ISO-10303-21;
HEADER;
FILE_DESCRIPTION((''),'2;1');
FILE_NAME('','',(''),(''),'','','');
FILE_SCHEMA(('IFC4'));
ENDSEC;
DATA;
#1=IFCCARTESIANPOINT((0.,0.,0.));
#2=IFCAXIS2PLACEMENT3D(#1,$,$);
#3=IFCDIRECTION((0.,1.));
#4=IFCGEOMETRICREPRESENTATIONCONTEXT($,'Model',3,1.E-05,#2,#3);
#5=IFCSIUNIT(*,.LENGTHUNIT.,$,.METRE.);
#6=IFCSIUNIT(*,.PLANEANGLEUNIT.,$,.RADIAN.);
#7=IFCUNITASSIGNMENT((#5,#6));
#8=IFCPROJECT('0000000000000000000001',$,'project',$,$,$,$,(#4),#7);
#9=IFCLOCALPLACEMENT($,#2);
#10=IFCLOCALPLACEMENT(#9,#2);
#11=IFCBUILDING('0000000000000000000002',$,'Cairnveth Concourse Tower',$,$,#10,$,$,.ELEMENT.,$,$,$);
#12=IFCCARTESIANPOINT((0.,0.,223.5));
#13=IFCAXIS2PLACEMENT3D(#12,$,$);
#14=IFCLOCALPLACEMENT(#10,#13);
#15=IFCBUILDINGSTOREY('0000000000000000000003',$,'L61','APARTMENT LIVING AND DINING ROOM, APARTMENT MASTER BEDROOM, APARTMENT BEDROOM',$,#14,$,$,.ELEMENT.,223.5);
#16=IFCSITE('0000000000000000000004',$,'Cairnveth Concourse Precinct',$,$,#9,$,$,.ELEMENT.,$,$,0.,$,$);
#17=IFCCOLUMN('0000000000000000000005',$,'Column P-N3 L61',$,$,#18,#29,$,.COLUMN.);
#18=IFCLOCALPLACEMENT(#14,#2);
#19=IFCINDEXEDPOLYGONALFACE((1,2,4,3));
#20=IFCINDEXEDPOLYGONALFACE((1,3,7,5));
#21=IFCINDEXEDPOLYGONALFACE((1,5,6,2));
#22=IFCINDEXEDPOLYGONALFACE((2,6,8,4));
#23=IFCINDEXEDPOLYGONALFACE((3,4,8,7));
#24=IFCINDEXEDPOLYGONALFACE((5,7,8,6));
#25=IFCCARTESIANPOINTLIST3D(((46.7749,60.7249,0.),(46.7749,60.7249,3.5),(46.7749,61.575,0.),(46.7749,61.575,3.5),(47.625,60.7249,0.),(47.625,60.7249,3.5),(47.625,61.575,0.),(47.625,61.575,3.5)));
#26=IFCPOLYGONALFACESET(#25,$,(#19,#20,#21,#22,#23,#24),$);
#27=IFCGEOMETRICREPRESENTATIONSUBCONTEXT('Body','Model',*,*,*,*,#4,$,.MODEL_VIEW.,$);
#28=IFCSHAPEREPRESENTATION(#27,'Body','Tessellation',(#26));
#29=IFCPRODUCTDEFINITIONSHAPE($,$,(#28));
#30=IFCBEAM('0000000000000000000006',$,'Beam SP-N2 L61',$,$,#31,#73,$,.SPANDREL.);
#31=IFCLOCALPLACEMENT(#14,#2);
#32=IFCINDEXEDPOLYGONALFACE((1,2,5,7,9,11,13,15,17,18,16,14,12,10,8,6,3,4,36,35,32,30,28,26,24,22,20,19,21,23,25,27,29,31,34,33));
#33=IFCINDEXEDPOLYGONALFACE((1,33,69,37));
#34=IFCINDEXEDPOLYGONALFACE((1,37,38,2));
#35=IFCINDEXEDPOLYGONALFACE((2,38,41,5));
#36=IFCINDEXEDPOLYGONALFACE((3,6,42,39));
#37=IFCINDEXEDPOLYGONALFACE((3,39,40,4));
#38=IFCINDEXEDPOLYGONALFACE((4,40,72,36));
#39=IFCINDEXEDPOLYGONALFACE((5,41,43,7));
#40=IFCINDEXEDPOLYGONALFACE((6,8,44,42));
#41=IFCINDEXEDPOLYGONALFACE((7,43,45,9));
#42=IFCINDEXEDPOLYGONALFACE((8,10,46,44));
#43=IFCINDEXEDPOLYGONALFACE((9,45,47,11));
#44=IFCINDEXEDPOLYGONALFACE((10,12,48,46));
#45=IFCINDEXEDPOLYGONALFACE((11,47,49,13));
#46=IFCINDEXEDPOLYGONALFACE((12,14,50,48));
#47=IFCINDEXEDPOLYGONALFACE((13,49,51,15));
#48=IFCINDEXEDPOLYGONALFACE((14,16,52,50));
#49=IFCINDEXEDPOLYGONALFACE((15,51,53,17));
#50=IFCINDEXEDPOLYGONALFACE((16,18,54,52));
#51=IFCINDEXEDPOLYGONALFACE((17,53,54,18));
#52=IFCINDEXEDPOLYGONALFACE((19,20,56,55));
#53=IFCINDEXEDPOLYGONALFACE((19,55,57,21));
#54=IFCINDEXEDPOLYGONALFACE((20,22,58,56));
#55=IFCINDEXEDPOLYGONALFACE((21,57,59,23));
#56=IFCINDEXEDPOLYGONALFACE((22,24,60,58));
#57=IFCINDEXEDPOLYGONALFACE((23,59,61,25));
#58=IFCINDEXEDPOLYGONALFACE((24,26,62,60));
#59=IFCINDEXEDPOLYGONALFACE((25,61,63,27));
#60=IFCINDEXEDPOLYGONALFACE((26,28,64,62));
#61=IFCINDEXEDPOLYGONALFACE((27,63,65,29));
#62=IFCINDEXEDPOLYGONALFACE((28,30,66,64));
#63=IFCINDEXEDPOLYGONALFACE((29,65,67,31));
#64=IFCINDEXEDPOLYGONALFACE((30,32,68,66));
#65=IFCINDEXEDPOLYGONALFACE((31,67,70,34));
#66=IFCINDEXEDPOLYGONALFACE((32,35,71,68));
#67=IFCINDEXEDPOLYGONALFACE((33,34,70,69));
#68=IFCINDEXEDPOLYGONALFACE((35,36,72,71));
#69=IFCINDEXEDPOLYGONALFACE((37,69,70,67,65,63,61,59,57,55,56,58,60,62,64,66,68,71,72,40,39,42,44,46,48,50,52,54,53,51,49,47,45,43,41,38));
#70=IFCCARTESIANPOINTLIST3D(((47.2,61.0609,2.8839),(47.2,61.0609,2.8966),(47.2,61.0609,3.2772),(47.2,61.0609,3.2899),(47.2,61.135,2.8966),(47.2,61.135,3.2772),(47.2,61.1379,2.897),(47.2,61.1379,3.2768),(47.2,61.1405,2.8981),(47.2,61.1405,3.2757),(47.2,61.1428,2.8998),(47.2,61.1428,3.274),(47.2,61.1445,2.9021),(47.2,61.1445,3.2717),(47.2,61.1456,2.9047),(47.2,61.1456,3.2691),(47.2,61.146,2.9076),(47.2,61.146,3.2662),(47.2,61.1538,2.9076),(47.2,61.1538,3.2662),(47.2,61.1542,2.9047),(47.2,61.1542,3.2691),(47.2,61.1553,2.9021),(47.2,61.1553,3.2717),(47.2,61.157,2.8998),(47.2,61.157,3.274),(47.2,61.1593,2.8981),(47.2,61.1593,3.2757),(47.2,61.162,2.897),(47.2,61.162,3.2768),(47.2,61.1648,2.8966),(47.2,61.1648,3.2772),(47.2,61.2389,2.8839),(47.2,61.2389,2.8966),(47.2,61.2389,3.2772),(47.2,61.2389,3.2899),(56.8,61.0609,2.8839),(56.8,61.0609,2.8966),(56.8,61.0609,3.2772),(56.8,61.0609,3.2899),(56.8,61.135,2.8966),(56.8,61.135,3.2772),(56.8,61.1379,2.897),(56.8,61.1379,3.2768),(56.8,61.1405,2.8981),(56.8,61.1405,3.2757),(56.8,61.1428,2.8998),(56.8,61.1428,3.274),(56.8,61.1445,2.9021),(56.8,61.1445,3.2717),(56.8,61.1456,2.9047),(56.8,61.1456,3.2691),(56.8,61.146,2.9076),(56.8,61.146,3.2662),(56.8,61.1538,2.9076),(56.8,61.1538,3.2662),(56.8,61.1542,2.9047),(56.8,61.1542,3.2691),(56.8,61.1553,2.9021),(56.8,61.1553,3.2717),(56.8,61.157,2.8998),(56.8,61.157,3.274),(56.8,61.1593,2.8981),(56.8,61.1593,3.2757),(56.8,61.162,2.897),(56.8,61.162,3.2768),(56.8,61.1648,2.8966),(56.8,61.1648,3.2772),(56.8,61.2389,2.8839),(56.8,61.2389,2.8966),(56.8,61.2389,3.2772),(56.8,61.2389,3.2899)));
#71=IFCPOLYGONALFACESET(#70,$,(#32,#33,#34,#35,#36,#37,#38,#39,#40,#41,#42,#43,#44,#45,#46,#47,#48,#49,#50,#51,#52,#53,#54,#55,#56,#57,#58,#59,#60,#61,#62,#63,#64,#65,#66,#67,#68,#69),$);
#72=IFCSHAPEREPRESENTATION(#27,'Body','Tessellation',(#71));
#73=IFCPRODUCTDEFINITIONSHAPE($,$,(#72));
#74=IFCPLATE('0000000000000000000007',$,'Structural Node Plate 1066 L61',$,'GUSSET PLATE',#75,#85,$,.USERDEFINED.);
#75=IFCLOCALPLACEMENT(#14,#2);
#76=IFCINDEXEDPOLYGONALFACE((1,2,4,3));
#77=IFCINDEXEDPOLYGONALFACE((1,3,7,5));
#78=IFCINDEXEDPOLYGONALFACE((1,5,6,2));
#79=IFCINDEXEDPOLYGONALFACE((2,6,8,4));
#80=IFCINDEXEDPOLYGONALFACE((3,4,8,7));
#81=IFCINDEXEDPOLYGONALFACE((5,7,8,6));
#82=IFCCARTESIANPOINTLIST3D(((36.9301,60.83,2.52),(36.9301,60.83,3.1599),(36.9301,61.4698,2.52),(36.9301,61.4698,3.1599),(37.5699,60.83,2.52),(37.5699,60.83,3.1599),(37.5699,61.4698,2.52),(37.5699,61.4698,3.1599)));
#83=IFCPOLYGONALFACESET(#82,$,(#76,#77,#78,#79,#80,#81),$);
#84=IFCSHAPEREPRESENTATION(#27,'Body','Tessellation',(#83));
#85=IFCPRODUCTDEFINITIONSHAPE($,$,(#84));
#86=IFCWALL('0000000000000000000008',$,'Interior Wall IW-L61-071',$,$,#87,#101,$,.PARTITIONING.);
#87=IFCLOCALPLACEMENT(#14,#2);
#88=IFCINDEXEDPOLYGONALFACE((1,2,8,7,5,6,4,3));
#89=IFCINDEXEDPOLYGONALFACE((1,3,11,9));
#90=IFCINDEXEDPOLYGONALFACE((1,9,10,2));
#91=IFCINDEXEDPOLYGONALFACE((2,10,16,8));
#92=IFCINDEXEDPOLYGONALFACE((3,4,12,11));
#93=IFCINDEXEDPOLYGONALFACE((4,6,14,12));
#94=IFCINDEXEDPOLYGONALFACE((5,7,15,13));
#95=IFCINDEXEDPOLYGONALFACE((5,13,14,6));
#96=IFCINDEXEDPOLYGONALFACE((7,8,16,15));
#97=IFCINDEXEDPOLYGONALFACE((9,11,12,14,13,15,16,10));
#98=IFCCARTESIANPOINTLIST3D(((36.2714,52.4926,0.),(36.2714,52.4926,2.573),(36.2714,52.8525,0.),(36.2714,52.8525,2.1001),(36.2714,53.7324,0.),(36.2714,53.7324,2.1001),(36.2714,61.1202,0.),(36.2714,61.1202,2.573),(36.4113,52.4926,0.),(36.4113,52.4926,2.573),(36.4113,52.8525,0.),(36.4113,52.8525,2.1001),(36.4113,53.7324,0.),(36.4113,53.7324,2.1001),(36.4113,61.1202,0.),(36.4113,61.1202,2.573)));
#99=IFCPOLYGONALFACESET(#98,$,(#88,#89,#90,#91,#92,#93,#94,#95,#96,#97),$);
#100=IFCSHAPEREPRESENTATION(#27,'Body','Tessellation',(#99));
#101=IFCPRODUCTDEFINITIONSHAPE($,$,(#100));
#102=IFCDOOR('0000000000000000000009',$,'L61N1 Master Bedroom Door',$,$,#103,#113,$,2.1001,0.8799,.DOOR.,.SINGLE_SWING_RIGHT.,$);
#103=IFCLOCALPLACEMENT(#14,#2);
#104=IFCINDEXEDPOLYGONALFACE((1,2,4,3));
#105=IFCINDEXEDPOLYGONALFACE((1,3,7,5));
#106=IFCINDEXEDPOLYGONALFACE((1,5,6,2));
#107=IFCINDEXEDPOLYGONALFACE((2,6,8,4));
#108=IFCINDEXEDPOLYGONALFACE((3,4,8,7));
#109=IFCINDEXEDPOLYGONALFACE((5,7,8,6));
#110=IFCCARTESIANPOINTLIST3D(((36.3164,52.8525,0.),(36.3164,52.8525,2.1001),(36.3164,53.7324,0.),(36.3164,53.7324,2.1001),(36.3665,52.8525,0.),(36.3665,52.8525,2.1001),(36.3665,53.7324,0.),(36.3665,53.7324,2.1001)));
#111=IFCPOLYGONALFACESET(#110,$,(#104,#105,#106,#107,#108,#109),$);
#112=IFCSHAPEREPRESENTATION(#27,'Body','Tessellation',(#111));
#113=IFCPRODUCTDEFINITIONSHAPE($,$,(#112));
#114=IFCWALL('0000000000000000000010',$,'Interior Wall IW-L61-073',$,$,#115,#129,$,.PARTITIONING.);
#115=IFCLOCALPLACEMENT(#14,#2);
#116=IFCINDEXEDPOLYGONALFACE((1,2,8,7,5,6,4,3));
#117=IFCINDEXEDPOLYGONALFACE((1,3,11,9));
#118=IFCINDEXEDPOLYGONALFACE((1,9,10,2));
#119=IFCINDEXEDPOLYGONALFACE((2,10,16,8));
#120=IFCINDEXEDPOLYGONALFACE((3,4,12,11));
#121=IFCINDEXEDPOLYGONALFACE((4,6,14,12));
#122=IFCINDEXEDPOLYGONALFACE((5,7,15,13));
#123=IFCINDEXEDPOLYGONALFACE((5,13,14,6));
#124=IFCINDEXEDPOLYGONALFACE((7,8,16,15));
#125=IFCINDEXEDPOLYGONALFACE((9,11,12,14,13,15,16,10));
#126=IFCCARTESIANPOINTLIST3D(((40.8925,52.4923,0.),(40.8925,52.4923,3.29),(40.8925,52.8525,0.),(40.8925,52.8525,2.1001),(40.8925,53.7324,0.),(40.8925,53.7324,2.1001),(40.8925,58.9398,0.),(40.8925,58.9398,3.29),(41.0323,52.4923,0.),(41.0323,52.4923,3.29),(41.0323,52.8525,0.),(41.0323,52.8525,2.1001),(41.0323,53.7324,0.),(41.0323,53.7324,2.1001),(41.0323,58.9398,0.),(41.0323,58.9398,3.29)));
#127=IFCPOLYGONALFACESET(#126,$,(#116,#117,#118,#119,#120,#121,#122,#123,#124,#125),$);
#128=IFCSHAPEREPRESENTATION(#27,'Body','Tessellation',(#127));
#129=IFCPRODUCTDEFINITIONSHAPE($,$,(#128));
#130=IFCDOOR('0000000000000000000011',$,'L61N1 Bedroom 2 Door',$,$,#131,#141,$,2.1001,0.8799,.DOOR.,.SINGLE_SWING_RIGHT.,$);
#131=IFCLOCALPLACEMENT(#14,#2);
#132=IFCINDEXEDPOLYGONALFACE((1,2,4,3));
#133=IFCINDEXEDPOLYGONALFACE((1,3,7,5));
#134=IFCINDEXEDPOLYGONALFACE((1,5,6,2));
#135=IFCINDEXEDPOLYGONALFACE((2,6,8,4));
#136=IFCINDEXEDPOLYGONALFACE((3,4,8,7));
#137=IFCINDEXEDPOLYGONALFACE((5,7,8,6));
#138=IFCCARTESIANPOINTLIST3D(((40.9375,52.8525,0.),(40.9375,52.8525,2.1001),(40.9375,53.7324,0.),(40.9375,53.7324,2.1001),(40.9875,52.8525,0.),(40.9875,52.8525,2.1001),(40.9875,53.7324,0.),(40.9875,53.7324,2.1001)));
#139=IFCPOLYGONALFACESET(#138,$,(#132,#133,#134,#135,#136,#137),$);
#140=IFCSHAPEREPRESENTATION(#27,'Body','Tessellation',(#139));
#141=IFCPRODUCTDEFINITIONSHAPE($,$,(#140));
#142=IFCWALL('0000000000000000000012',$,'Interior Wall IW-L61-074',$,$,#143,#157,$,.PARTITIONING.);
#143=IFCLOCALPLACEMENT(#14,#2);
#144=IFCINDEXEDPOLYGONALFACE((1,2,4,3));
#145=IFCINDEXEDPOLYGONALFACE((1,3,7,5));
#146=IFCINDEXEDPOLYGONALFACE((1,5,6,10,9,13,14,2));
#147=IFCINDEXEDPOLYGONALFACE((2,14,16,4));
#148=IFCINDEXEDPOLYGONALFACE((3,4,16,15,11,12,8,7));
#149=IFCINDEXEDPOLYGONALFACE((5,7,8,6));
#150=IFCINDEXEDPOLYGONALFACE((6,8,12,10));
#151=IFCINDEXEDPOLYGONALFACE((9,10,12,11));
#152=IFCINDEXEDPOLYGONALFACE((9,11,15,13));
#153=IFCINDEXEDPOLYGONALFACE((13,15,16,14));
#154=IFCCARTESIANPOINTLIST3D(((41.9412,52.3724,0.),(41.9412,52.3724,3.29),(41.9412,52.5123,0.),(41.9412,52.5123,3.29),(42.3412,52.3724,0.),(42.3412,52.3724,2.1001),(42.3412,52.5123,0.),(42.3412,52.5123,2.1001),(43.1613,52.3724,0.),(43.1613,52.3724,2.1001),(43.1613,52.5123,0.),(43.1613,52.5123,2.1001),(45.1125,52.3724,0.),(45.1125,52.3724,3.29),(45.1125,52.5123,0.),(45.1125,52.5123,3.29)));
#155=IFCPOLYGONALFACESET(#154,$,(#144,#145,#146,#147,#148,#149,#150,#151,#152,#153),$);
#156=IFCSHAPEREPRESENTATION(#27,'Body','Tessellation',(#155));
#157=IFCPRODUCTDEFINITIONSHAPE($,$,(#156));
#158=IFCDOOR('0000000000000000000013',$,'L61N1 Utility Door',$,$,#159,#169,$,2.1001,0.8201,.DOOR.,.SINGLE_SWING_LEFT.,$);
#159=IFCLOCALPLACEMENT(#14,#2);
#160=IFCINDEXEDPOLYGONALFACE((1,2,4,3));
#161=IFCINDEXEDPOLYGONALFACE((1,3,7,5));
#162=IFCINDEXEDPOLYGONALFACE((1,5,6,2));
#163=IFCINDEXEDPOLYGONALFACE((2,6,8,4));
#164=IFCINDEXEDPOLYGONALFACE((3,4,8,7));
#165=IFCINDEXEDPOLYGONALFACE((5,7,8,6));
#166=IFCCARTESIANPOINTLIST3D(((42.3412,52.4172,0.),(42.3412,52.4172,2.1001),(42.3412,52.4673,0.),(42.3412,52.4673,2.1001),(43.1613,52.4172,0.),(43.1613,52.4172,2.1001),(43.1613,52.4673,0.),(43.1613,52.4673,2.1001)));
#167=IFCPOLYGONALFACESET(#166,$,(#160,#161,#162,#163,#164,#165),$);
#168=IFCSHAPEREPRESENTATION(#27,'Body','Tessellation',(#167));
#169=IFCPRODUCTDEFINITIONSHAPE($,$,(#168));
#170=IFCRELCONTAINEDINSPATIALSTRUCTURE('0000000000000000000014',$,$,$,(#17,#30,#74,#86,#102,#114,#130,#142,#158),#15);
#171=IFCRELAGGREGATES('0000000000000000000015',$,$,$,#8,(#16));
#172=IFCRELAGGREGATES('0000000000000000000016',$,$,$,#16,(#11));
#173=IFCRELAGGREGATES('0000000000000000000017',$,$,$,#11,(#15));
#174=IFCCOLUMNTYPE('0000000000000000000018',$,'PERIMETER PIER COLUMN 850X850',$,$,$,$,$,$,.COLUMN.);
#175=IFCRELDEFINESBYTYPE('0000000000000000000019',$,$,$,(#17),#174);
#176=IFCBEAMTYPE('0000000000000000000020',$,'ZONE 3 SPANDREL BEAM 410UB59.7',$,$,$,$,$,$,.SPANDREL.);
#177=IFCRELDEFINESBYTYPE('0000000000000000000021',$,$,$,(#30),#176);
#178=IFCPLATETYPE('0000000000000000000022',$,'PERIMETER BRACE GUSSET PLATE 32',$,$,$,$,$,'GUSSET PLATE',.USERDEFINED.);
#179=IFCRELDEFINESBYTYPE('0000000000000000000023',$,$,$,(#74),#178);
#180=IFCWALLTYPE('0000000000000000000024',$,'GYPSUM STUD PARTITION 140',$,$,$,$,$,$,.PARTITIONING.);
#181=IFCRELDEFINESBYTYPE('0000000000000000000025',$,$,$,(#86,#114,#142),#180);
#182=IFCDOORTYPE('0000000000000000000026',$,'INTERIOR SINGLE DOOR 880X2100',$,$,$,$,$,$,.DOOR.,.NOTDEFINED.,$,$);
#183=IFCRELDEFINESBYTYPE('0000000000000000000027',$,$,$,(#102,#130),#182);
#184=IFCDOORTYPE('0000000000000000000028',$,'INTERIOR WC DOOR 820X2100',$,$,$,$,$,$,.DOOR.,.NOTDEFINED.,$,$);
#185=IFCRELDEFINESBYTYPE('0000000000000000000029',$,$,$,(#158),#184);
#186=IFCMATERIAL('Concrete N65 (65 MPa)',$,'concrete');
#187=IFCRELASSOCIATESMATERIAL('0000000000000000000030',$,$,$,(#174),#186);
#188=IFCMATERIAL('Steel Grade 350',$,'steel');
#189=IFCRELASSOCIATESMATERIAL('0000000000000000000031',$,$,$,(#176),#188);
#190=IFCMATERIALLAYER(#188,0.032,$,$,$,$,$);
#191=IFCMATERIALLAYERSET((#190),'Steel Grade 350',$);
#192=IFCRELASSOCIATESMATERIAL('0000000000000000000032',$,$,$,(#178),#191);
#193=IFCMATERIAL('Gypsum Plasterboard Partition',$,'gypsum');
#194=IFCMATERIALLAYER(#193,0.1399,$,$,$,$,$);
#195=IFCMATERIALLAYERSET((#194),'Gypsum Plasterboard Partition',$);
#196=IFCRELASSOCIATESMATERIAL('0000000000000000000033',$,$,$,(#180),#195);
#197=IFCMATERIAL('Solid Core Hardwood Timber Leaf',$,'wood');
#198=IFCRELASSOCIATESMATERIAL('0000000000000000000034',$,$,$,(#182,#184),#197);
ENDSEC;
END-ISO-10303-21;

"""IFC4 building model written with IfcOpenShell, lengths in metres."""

from ifc_helpers import new_model, si_unit, direction, frame, frame_2d, origin, origin_2d, place, context, subcontext, project, spatial, rectangle, i_section, extrude, material, layer, layer_set, material_profile, profile_set, type_object, element, fill, save


model = new_model("IFC4")

# Units and contexts
model_context = context("Model", 3, precision=1e-05, world=origin(), true_north=direction((0.0, 1.0)))
body_context = subcontext(model_context, "Body", "Model", "MODEL_VIEW")
ifc_project = project(units=[si_unit("LENGTHUNIT", "METRE"), si_unit("PLANEANGLEUNIT", "RADIAN")], contexts=[model_context])

# Site, building, storey
site_placement = place(None, origin())
site = spatial("IfcSite", under=ifc_project, at=site_placement, Name="Cairnveth Concourse Precinct", CompositionType="ELEMENT", RefElevation=0.0)
building_placement = place(site_placement, origin())
building = spatial("IfcBuilding", under=site, at=building_placement, Name="Cairnveth Concourse Tower", CompositionType="ELEMENT")
storey_placement = place(building_placement, frame((0.0, 0.0, 223.5)))
storey = spatial("IfcBuildingStorey", under=building, at=storey_placement, Name="L61", Description="APARTMENT LIVING AND DINING ROOM, APARTMENT MASTER BEDROOM, APARTMENT BEDROOM", CompositionType="ELEMENT", Elevation=223.5)

# Column
ifc_material_1 = material(Name="Concrete N65 (65 MPa)", Category="concrete")
ifc_material_profile_1 = material_profile(ifc_material_1, rectangle(XDim=0.8501, YDim=0.8501, at=origin_2d()), Name="RC-COL-850x850")
ifc_profile_set_1 = profile_set([ifc_material_profile_1], Name="Concrete N65 (65 MPa)")
column_type = type_object("IfcColumnType", Name="PERIMETER PIER COLUMN 850X850", PredefinedType="COLUMN", material=ifc_profile_set_1)
column_placement = place(storey_placement, frame((47.2, 61.1499, 0.0), z_axis=(0.0, 0.0, 1.0), x_axis=(1.0, 0.0, 0.0)))
element("IfcColumn", 1, at=column_placement, inside=storey, type_object=column_type, Name="Column P-N3 L61", PredefinedType="COLUMN", context=body_context, shape_type="SweptSolid", body=[
    extrude(rectangle(XDim=0.8501, YDim=0.8501, at=origin_2d()), origin(), (0.0, 0.0, 1.0), 3.5),
])

# Beam
ifc_material_2 = material(Name="Steel Grade 350", Category="steel")
ifc_material_profile_2 = material_profile(ifc_material_2, i_section(OverallWidth=0.178, OverallDepth=0.406, WebThickness=0.0078, FlangeThickness=0.0127, FilletRadius=0.011, at=origin_2d()), Name="410UB59.7")
ifc_profile_set_2 = profile_set([ifc_material_profile_2], Name="Steel Grade 350")
beam_type = type_object("IfcBeamType", Name="ZONE 3 SPANDREL BEAM 410UB59.7", PredefinedType="SPANDREL", material=ifc_profile_set_2)
beam_placement = place(storey_placement, frame((47.2, 61.1499, 3.0869), z_axis=(1.0, 0.0, 0.0), x_axis=(0.0, 1.0, 0.0)))
element("IfcBeam", 2, at=beam_placement, inside=storey, type_object=beam_type, Name="Beam SP-N2 L61", PredefinedType="SPANDREL", context=body_context, shape_type="SweptSolid", body=[
    extrude(i_section(OverallWidth=0.178, OverallDepth=0.406, WebThickness=0.0078, FlangeThickness=0.0127, FilletRadius=0.011, at=origin_2d()), origin(), (0.0, 0.0, 1.0), 9.6001),
])

# Plate
ifc_layer_1 = layer(ifc_material_2, 0.032)
ifc_layer_set_1 = layer_set([ifc_layer_1], Name="Steel Grade 350")
plate_type = type_object("IfcPlateType", Name="PERIMETER BRACE GUSSET PLATE 32", ElementType="GUSSET PLATE", PredefinedType="USERDEFINED", material=ifc_layer_set_1)
plate_placement = place(storey_placement, frame((37.25, 61.1499, 2.52), z_axis=(0.0, 0.0, 1.0), x_axis=(1.0, 0.0, 0.0)))
element("IfcPlate", 3, at=plate_placement, inside=storey, type_object=plate_type, Name="Structural Node Plate 1066 L61", ObjectType="GUSSET PLATE", PredefinedType="USERDEFINED", context=body_context, shape_type="SweptSolid", body=[
    extrude(rectangle(XDim=0.6399, YDim=0.6399, at=origin_2d()), origin(), (0.0, 0.0, 1.0), 0.6399),
])

# Walls, openings, doors
ifc_material_3 = material(Name="Gypsum Plasterboard Partition", Category="gypsum")
ifc_layer_2 = layer(ifc_material_3, 0.1399)
ifc_layer_set_2 = layer_set([ifc_layer_2], Name="Gypsum Plasterboard Partition")
wall_type_1 = type_object("IfcWallType", Name="GYPSUM STUD PARTITION 140", PredefinedType="PARTITIONING", material=ifc_layer_set_2)
wall_1_placement = place(storey_placement, frame((36.3413, 52.4924, 0.0), z_axis=(0.0, 0.0, 1.0), x_axis=(0.0, 1.0, 0.0)))
wall_1 = element("IfcWall", 4, at=wall_1_placement, inside=storey, type_object=wall_type_1, Name="Interior Wall IW-L61-071", PredefinedType="PARTITIONING", context=body_context, shape_type="SweptSolid", body=[
    extrude(rectangle(XDim=8.6277, YDim=0.1399, at=frame_2d((4.314, 0.0))), origin(), (0.0, 0.0, 1.0), 2.573),
])
opening_1_placement = place(wall_1_placement, frame((0.3601, 0.0, 0.0)))
opening_1 = element("IfcOpeningElement", 5, at=opening_1_placement, cuts=wall_1, PredefinedType="OPENING", context=body_context, shape_type="SweptSolid", body=[
    extrude(rectangle(XDim=0.8799, YDim=2.1001, at=frame_2d((0.4399, 1.05))), frame((0.0, 0.0798, 0.0), z_axis=(0.0, -1.0, 0.0), x_axis=(1.0, 0.0, 0.0)), (0.0, 0.0, 1.0), 0.1599),
])
ifc_material_4 = material(Name="Solid Core Hardwood Timber Leaf", Category="wood")
door_type_1 = type_object("IfcDoorType", Name="INTERIOR SINGLE DOOR 880X2100", OperationType="NOTDEFINED", PredefinedType="DOOR", material=ifc_material_4)
door_1_placement = place(opening_1_placement, origin())
door_1 = element("IfcDoor", 6, at=door_1_placement, inside=storey, type_object=door_type_1, Name="L61N1 Master Bedroom Door", OperationType="SINGLE_SWING_RIGHT", OverallHeight=2.1001, OverallWidth=0.8799, PredefinedType="DOOR", context=body_context, shape_type="SweptSolid", body=[
    extrude(rectangle(XDim=0.8799, YDim=2.1001, at=frame_2d((0.4399, 1.05))), frame((0.0, 0.0249, 0.0), z_axis=(0.0, -1.0, 0.0), x_axis=(1.0, 0.0, 0.0)), (0.0, 0.0, 1.0), 0.05),
])
fill(opening_1, door_1)
wall_2_placement = place(storey_placement, frame((40.9624, 52.4924, 0.0), z_axis=(0.0, 0.0, 1.0), x_axis=(0.0, 1.0, 0.0)))
wall_2 = element("IfcWall", 7, at=wall_2_placement, inside=storey, type_object=wall_type_1, Name="Interior Wall IW-L61-073", PredefinedType="PARTITIONING", context=body_context, shape_type="SweptSolid", body=[
    extrude(rectangle(XDim=6.4475, YDim=0.1399, at=frame_2d((3.2236, 0.0))), origin(), (0.0, 0.0, 1.0), 3.29),
])
opening_2_placement = place(wall_2_placement, frame((0.3601, 0.0, 0.0)))
opening_2 = element("IfcOpeningElement", 8, at=opening_2_placement, cuts=wall_2, PredefinedType="OPENING", context=body_context, shape_type="SweptSolid", body=[
    extrude(rectangle(XDim=0.8799, YDim=2.1001, at=frame_2d((0.4399, 1.05))), frame((0.0, 0.0798, 0.0), z_axis=(0.0, -1.0, 0.0), x_axis=(1.0, 0.0, 0.0)), (0.0, 0.0, 1.0), 0.1599),
])
door_2_placement = place(opening_2_placement, origin())
door_2 = element("IfcDoor", 9, at=door_2_placement, inside=storey, type_object=door_type_1, Name="L61N1 Bedroom 2 Door", OperationType="SINGLE_SWING_RIGHT", OverallHeight=2.1001, OverallWidth=0.8799, PredefinedType="DOOR", context=body_context, shape_type="SweptSolid", body=[
    extrude(rectangle(XDim=0.8799, YDim=2.1001, at=frame_2d((0.4399, 1.05))), frame((0.0, 0.0249, 0.0), z_axis=(0.0, -1.0, 0.0), x_axis=(1.0, 0.0, 0.0)), (0.0, 0.0, 1.0), 0.05),
])
fill(opening_2, door_2)
wall_3_placement = place(storey_placement, frame((41.9412, 52.4424, 0.0), z_axis=(0.0, 0.0, 1.0), x_axis=(1.0, 0.0, 0.0)))
wall_3 = element("IfcWall", 10, at=wall_3_placement, inside=storey, type_object=wall_type_1, Name="Interior Wall IW-L61-074", PredefinedType="PARTITIONING", context=body_context, shape_type="SweptSolid", body=[
    extrude(rectangle(XDim=3.1714, YDim=0.1399, at=frame_2d((1.5857, 0.0))), origin(), (0.0, 0.0, 1.0), 3.29),
])
opening_3_placement = place(wall_3_placement, frame((0.3999, 0.0, 0.0)))
opening_3 = element("IfcOpeningElement", 11, at=opening_3_placement, cuts=wall_3, PredefinedType="OPENING", context=body_context, shape_type="SweptSolid", body=[
    extrude(rectangle(XDim=0.8201, YDim=2.1001, at=frame_2d((0.4102, 1.05))), frame((0.0, 0.0798, 0.0), z_axis=(0.0, -1.0, 0.0), x_axis=(1.0, 0.0, 0.0)), (0.0, 0.0, 1.0), 0.1599),
])
door_type_2 = type_object("IfcDoorType", Name="INTERIOR WC DOOR 820X2100", OperationType="NOTDEFINED", PredefinedType="DOOR", material=ifc_material_4)
door_3_placement = place(opening_3_placement, origin())
door_3 = element("IfcDoor", 12, at=door_3_placement, inside=storey, type_object=door_type_2, Name="L61N1 Utility Door", OperationType="SINGLE_SWING_LEFT", OverallHeight=2.1001, OverallWidth=0.8201, PredefinedType="DOOR", context=body_context, shape_type="SweptSolid", body=[
    extrude(rectangle(XDim=0.8201, YDim=2.1001, at=frame_2d((0.4102, 1.05))), frame((0.0, 0.0249, 0.0), z_axis=(0.0, -1.0, 0.0), x_axis=(1.0, 0.0, 0.0)), (0.0, 0.0, 1.0), 0.05),
])
fill(opening_3, door_3)

save(model, "model.ifc")
